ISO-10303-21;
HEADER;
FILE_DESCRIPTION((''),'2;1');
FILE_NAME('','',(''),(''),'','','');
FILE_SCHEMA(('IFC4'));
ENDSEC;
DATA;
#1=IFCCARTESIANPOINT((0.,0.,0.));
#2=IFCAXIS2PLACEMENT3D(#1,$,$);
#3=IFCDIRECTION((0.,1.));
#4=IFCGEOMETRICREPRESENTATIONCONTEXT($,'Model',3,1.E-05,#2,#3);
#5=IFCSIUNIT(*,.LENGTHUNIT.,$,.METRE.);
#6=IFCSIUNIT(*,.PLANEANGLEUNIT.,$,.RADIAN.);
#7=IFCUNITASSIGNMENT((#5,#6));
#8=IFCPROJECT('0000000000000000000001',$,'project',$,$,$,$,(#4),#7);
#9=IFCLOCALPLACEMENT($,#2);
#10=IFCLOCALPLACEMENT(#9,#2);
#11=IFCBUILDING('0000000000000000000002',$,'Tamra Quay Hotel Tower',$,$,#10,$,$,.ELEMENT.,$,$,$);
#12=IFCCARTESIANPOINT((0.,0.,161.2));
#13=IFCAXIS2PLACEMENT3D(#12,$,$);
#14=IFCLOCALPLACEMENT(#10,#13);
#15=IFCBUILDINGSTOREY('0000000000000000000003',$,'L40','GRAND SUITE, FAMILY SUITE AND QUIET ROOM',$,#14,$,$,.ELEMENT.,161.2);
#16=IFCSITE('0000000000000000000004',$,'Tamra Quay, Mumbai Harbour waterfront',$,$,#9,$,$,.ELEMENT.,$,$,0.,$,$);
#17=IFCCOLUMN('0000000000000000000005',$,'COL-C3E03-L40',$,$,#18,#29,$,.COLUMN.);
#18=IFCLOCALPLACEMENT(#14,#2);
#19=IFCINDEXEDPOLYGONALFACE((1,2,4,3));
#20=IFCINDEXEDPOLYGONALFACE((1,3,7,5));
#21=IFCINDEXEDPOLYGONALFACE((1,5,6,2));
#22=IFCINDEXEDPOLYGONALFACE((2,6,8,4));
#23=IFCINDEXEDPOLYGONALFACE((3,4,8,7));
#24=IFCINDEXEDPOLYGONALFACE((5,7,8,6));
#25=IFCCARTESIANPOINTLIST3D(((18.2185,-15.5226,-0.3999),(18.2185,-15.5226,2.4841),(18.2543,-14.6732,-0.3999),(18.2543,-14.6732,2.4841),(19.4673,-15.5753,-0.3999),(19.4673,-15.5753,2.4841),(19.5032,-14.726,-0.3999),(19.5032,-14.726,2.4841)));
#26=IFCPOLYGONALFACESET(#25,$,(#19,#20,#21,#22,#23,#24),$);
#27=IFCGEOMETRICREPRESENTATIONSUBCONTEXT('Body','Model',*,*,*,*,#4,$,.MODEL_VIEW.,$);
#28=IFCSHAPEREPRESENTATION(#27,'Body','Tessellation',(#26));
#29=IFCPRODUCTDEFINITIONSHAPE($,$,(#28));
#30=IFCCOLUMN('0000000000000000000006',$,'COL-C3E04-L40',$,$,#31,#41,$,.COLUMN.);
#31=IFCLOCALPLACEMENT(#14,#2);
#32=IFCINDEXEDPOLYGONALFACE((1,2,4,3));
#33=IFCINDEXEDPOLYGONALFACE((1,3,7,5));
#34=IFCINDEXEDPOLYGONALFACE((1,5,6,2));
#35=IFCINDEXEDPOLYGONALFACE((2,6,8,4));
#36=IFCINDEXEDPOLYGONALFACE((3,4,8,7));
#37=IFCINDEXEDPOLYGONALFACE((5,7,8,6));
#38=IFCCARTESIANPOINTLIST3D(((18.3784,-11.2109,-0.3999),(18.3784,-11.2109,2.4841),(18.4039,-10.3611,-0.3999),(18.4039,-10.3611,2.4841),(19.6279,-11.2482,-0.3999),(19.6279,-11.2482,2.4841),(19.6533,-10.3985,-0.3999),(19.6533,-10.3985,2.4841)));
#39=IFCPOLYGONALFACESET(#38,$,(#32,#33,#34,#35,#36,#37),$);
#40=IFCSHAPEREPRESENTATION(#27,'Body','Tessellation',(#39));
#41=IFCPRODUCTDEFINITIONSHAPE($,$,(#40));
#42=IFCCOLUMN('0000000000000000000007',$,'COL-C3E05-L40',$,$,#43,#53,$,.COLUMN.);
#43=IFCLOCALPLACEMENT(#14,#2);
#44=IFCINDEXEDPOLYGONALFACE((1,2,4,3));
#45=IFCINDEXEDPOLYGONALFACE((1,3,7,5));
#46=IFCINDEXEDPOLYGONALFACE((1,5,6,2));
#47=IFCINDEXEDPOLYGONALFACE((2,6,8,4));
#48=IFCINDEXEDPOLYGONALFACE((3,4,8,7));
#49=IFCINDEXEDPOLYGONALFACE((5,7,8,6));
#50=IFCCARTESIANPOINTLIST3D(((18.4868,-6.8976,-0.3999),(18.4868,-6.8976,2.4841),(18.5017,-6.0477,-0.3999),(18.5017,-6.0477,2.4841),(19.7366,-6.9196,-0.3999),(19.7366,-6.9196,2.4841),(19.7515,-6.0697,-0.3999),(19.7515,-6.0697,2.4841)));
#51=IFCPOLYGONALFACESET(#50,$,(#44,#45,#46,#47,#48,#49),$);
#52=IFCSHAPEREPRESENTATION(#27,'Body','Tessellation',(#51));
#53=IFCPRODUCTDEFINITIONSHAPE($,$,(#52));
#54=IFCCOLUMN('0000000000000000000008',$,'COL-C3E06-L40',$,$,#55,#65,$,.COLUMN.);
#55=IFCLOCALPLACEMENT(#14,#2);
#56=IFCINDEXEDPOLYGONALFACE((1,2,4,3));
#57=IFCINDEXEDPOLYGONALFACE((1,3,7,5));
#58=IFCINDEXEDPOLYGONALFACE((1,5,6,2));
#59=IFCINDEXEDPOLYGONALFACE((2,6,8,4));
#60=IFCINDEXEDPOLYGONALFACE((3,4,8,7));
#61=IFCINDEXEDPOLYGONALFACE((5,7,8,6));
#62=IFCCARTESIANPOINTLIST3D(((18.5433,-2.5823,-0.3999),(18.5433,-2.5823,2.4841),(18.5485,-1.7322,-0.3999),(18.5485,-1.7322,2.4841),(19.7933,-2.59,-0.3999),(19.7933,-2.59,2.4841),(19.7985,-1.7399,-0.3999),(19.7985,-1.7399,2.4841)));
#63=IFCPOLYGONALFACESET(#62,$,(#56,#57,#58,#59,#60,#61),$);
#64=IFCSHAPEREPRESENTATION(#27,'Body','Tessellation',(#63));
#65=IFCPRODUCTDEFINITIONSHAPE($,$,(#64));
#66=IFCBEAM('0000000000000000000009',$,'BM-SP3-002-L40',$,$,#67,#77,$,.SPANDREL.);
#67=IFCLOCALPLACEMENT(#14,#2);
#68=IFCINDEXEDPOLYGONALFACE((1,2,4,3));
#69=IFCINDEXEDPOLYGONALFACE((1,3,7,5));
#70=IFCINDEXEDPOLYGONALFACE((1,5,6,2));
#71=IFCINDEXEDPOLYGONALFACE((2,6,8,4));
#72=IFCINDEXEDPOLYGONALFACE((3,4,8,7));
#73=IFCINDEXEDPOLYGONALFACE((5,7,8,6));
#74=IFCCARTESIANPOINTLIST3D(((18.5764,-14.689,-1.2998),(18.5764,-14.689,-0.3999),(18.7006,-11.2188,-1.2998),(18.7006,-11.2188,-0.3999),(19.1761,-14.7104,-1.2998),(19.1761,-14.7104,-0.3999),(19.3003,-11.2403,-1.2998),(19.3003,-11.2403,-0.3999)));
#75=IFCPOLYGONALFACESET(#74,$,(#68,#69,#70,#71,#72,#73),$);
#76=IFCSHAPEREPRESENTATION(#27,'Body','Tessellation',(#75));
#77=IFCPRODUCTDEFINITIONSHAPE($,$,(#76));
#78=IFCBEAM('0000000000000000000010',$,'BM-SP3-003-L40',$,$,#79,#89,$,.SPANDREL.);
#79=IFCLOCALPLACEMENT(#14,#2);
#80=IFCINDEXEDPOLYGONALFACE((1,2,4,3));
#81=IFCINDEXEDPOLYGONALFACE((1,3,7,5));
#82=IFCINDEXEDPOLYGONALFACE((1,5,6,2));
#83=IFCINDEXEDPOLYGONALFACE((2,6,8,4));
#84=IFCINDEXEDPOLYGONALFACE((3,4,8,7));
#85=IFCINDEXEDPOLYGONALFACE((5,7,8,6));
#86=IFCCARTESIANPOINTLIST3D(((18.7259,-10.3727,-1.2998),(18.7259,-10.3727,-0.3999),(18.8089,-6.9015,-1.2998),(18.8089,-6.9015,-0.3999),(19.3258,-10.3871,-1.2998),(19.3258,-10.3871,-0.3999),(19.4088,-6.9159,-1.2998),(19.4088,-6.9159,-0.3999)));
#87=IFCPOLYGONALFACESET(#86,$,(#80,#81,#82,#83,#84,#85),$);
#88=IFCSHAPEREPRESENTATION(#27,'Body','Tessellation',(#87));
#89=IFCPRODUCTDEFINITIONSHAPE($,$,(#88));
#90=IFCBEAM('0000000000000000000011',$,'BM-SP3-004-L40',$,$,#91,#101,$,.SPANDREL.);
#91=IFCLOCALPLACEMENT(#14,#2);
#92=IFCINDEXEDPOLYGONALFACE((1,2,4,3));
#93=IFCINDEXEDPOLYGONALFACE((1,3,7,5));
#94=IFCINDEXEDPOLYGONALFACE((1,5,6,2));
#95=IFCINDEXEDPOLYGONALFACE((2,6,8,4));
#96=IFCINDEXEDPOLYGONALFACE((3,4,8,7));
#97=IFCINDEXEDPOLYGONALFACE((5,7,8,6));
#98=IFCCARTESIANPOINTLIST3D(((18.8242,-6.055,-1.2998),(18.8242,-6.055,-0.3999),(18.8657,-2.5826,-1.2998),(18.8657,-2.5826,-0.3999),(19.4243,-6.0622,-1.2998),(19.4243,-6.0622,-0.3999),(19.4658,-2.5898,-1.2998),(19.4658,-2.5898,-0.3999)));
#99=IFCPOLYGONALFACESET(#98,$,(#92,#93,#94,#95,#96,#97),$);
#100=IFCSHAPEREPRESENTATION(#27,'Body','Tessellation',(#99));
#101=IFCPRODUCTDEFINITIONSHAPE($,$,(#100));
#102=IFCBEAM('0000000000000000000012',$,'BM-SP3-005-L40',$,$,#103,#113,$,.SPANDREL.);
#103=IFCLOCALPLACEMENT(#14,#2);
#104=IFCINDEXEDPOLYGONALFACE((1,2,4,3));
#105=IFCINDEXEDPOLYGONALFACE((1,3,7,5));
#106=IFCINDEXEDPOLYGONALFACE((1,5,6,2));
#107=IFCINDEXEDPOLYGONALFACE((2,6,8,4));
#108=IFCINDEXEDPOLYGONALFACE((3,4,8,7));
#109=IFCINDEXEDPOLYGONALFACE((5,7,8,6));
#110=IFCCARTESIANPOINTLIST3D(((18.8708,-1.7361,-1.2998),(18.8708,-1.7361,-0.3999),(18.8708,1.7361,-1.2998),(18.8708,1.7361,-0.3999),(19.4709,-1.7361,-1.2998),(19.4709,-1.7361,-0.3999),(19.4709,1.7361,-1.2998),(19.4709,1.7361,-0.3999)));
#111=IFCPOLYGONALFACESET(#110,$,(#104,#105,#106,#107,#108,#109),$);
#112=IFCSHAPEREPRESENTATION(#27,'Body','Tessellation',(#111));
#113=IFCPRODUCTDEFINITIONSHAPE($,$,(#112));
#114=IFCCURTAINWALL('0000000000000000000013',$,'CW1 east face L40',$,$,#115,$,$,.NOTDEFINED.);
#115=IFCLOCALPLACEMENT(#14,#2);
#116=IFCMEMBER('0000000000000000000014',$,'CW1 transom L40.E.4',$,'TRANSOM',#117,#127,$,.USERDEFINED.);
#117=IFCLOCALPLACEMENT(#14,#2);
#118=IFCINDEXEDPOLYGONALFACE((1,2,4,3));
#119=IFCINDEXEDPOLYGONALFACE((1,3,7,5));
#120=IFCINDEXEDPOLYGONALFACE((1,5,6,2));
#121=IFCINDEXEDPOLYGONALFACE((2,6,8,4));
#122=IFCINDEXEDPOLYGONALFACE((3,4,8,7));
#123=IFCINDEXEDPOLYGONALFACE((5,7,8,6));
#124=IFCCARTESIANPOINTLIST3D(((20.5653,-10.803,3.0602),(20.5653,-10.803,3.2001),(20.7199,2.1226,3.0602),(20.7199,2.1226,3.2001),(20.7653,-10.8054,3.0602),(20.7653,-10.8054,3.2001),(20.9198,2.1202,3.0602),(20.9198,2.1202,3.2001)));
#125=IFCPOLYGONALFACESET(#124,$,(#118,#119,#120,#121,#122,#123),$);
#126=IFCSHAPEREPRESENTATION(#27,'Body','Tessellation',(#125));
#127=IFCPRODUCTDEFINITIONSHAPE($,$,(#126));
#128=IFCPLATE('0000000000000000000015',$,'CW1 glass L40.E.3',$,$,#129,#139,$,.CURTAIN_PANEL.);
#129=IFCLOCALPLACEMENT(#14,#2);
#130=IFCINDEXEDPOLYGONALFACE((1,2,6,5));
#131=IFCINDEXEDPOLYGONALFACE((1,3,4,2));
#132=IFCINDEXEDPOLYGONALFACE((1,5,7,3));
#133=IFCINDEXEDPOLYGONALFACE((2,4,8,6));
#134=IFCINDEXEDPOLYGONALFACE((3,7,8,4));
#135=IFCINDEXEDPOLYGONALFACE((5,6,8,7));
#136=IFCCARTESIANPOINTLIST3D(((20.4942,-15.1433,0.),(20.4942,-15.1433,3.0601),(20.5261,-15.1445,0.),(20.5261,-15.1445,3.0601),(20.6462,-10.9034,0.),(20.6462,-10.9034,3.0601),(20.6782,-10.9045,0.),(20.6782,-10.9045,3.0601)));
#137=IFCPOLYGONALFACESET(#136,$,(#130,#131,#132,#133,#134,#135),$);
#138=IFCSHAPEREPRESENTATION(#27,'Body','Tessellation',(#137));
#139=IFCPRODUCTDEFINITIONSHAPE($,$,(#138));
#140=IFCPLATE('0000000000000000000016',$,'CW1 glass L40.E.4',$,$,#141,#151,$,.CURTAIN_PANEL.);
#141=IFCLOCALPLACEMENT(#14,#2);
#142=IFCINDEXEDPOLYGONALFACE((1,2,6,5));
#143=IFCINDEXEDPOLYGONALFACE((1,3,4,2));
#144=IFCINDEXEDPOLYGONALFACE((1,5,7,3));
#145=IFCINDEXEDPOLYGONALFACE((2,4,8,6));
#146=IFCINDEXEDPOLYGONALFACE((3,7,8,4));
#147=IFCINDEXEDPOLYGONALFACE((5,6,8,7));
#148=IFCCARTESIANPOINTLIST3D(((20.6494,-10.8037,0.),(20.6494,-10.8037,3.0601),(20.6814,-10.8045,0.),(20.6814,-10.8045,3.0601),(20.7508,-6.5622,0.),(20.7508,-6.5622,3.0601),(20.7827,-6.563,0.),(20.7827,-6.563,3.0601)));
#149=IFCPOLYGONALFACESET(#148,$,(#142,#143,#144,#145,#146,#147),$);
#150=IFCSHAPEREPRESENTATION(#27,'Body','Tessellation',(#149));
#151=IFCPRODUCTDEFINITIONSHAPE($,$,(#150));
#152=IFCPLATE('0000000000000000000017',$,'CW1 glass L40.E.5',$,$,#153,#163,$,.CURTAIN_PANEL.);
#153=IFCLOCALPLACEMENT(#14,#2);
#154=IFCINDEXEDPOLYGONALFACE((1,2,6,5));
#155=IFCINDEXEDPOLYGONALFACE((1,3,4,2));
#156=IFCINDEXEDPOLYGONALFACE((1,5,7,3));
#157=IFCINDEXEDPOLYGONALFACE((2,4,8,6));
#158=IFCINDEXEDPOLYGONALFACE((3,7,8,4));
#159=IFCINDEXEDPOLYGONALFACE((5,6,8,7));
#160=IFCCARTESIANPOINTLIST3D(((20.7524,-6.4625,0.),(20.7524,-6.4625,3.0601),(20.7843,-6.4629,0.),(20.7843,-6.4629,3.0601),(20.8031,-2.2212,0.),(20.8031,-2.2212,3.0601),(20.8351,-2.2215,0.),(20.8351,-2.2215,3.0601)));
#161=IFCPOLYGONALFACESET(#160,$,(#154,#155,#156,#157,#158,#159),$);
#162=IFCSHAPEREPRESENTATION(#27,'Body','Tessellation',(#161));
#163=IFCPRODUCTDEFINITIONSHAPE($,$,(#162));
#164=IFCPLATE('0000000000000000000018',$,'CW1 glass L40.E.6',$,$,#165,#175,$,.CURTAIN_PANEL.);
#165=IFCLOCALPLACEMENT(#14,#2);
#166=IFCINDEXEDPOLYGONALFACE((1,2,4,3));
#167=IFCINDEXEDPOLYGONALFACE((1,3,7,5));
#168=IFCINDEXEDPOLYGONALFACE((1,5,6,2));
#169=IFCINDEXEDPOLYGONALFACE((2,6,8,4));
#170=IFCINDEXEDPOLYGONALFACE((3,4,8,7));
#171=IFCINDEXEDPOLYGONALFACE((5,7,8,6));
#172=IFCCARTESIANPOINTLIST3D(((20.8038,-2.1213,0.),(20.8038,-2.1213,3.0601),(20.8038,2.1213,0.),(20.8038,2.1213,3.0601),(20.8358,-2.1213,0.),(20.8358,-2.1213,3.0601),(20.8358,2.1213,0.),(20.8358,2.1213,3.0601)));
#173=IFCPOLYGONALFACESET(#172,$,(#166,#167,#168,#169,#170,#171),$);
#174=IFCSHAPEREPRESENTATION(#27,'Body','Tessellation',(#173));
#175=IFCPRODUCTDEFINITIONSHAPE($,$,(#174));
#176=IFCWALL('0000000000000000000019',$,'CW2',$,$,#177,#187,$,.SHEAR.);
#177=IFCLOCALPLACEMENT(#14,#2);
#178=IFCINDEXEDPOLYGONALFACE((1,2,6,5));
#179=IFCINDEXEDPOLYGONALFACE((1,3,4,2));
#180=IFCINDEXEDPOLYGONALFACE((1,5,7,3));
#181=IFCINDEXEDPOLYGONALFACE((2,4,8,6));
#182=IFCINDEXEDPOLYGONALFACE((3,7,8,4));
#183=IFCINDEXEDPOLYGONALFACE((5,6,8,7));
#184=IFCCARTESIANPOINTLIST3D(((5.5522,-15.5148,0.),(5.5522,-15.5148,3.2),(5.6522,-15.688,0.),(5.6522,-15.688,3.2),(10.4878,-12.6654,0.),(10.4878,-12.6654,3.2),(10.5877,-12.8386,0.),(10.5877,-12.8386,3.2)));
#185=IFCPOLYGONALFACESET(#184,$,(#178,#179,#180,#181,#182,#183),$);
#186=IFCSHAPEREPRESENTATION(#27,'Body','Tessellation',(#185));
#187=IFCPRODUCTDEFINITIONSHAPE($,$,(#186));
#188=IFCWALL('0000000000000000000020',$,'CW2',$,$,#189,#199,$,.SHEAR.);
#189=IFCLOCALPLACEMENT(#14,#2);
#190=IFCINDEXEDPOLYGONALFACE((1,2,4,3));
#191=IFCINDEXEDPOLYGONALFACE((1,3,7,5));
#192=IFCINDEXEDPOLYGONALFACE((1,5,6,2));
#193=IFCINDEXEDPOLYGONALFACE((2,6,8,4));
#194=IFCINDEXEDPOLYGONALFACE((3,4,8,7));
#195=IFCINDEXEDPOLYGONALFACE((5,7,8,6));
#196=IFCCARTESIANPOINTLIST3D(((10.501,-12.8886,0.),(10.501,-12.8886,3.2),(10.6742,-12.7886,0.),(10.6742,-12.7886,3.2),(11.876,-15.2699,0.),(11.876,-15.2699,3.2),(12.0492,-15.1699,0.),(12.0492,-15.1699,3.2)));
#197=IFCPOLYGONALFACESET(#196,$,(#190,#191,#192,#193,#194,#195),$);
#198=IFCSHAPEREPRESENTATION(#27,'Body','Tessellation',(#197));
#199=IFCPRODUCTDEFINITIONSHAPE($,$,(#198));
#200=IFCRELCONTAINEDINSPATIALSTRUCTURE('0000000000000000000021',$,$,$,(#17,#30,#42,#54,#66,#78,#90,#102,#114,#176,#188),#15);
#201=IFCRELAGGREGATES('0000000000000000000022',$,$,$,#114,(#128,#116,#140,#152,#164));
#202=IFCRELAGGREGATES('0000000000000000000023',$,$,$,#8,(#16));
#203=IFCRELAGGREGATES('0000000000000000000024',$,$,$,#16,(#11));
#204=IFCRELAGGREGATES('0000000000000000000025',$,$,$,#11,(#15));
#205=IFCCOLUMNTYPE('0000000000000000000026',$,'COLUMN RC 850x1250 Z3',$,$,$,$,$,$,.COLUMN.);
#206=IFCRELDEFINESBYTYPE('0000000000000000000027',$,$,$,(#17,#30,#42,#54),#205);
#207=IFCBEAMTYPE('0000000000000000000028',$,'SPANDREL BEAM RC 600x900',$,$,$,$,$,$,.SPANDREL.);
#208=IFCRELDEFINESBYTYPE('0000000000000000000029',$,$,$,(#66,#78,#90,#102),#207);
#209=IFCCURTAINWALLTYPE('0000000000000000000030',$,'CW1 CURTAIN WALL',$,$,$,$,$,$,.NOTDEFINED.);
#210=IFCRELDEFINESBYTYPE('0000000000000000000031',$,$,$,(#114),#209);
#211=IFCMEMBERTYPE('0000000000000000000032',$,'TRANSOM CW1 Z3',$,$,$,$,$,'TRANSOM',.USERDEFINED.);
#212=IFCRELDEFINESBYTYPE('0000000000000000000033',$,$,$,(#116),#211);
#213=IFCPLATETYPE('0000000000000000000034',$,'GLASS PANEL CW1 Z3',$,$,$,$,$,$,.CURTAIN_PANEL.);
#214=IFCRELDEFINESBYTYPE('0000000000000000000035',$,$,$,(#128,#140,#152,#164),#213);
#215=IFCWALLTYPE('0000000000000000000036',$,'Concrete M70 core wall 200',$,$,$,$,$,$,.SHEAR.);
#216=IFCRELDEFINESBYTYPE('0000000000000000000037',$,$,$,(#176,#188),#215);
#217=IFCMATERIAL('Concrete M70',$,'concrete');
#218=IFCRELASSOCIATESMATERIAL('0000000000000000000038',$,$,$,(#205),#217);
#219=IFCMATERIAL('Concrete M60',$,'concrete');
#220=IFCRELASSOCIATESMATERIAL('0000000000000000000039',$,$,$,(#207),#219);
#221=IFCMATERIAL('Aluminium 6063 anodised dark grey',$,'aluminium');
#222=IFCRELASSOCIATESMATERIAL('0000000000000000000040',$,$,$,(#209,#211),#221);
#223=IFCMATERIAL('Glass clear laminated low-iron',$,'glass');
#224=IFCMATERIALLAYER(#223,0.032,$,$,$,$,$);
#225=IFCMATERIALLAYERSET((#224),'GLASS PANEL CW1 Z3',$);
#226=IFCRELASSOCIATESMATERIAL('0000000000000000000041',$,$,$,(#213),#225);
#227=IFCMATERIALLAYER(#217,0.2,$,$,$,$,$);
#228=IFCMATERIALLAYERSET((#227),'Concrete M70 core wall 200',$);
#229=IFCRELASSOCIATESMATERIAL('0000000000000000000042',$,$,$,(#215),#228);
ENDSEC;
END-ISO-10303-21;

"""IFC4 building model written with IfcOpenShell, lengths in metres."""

from ifc_helpers import new_model, si_unit, direction, frame, frame_2d, origin, origin_2d, place, context, subcontext, project, spatial, rectangle, extrude, material, layer, layer_set, material_profile, profile_set, type_object, element, aggregate, save


model = new_model("IFC4")

# Units and contexts
model_context = context("Model", 3, precision=1e-05, world=origin(), true_north=direction((0.0, 1.0)))
body_context = subcontext(model_context, "Body", "Model", "MODEL_VIEW")
ifc_project = project(units=[si_unit("LENGTHUNIT", "METRE"), si_unit("PLANEANGLEUNIT", "RADIAN")], contexts=[model_context])

# Site, building, storey
site_placement = place(None, origin())
site = spatial("IfcSite", under=ifc_project, at=site_placement, Name="Tamra Quay, Mumbai Harbour waterfront", CompositionType="ELEMENT", RefElevation=0.0)
building_placement = place(site_placement, origin())
building = spatial("IfcBuilding", under=site, at=building_placement, Name="Tamra Quay Hotel Tower", CompositionType="ELEMENT")
storey_placement = place(building_placement, frame((0.0, 0.0, 161.2)))
storey = spatial("IfcBuildingStorey", under=building, at=storey_placement, Name="L40", Description="GRAND SUITE, FAMILY SUITE AND QUIET ROOM", CompositionType="ELEMENT", Elevation=161.2)

# Columns
ifc_material_1 = material(Name="Concrete M70", Category="concrete")
ifc_material_profile_1 = material_profile(ifc_material_1, rectangle(XDim=1.25, YDim=0.8501, at=origin_2d()), Name="COLUMN RC 850x1250 Z3")
ifc_profile_set_1 = profile_set([ifc_material_profile_1], Name="Concrete M70")
column_type = type_object("IfcColumnType", Name="COLUMN RC 850x1250 Z3", PredefinedType="COLUMN", material=ifc_profile_set_1)
for number, where, z_axis, x_axis, name in (
    (1, (18.8608, -15.1243, -0.3999), (0.0, 0.0, 1.0), (-0.999109, 0.042202, 0.0), "COL-C3E03-L40"),
    (2, (19.0159, -10.8047, -0.3999), (0.0, 0.0, 1.0), (-0.999553, 0.029907, 0.0), "COL-C3E04-L40"),
    (3, (19.1191, -6.4836, -0.3999), (0.0, 0.0, 1.0), (-0.999845, 0.017597, 0.0), "COL-C3E05-L40"),
    (4, (19.1709, -2.1611, -0.3999), (0.0, 0.0, 1.0), (-0.999981, 0.006159, 0.0), "COL-C3E06-L40"),
):
    element("IfcColumn", number, at=place(storey_placement, frame(where, z_axis=z_axis, x_axis=x_axis)), inside=storey, type_object=column_type, Name=name, PredefinedType="COLUMN", context=body_context, shape_type="SweptSolid", body=[
        extrude(rectangle(XDim=1.25, YDim=0.8501, at=origin_2d()), origin(), (0.0, 0.0, 1.0), 2.884),
    ])

# Beams
ifc_material_2 = material(Name="Concrete M60", Category="concrete")
ifc_material_profile_2 = material_profile(ifc_material_2, rectangle(XDim=0.6001, YDim=0.8999, at=origin_2d()), Name="SPANDREL BEAM RC 600x900")
ifc_profile_set_2 = profile_set([ifc_material_profile_2], Name="Concrete M60")
beam_type = type_object("IfcBeamType", Name="SPANDREL BEAM RC 600x900", PredefinedType="SPANDREL", material=ifc_profile_set_2)
beam_1_placement = place(storey_placement, frame((18.8762, -14.6997, -0.8499), z_axis=(0.035787, 0.999359, 0.0), x_axis=(-0.999359, 0.035787, 0.0)))
element("IfcBeam", 5, at=beam_1_placement, inside=storey, type_object=beam_type, Name="BM-SP3-002-L40", PredefinedType="SPANDREL", context=body_context, shape_type="SweptSolid", body=[
    extrude(rectangle(XDim=0.6001, YDim=0.8999, at=origin_2d()), origin(), (0.0, 0.0, 1.0), 3.4724),
])
beam_2_placement = place(storey_placement, frame((19.0259, -10.3799, -0.8499), z_axis=(0.023907, 0.999714, 0.0), x_axis=(-0.999714, 0.023907, 0.0)))
element("IfcBeam", 6, at=beam_2_placement, inside=storey, type_object=beam_type, Name="BM-SP3-003-L40", PredefinedType="SPANDREL", context=body_context, shape_type="SweptSolid", body=[
    extrude(rectangle(XDim=0.6001, YDim=0.8999, at=origin_2d()), origin(), (0.0, 0.0, 1.0), 3.4722),
])
beam_3_placement = place(storey_placement, frame((19.1243, -6.0586, -0.8499), z_axis=(0.011952, 0.999929, 0.0), x_axis=(-0.999929, 0.011952, 0.0)))
element("IfcBeam", 7, at=beam_3_placement, inside=storey, type_object=beam_type, Name="BM-SP3-004-L40", PredefinedType="SPANDREL", context=body_context, shape_type="SweptSolid", body=[
    extrude(rectangle(XDim=0.6001, YDim=0.8999, at=origin_2d()), origin(), (0.0, 0.0, 1.0), 3.4727),
])
beam_4_placement = place(storey_placement, frame((19.1709, -1.7361, -0.8499), z_axis=(0.0, 1.0, 0.0), x_axis=(-1.0, 0.0, 0.0)))
element("IfcBeam", 8, at=beam_4_placement, inside=storey, type_object=beam_type, Name="BM-SP3-005-L40", PredefinedType="SPANDREL", context=body_context, shape_type="SweptSolid", body=[
    extrude(rectangle(XDim=0.6001, YDim=0.8999, at=origin_2d()), origin(), (0.0, 0.0, 1.0), 3.4722),
])

# Curtain wall, member, plates
ifc_material_3 = material(Name="Aluminium 6063 anodised dark grey", Category="aluminium")
curtain_wall_type = type_object("IfcCurtainWallType", Name="CW1 CURTAIN WALL", PredefinedType="NOTDEFINED", material=ifc_material_3)
curtain_wall_placement = place(storey_placement, origin())
curtain_wall = element("IfcCurtainWall", 9, at=curtain_wall_placement, inside=storey, type_object=curtain_wall_type, Name="CW1 east face L40", PredefinedType="NOTDEFINED")
ifc_material_profile_3 = material_profile(ifc_material_3, rectangle(XDim=0.2, YDim=0.1399, at=origin_2d()), Name="TRANSOM 200X140")
ifc_profile_set_3 = profile_set([ifc_material_profile_3], Name="Aluminium 6063 anodised dark grey")
member_type = type_object("IfcMemberType", Name="TRANSOM CW1 Z3", ElementType="TRANSOM", PredefinedType="USERDEFINED", material=ifc_profile_set_3)
member_placement = place(storey_placement, frame((20.6653, -10.8042, 3.1301), z_axis=(0.011955, 0.999929, 0.0), x_axis=(-0.999929, 0.011955, 0.0)))
member = element("IfcMember", 10, at=member_placement, type_object=member_type, Name="CW1 transom L40.E.4", ObjectType="TRANSOM", PredefinedType="USERDEFINED", context=body_context, shape_type="SweptSolid", body=[
    extrude(rectangle(XDim=0.2, YDim=0.1399, at=origin_2d()), origin(), (0.0, 0.0, 1.0), 12.9265),
])
ifc_material_4 = material(Name="Glass clear laminated low-iron", Category="glass")
ifc_layer_1 = layer(ifc_material_4, 0.032)
ifc_layer_set_1 = layer_set([ifc_layer_1], Name="GLASS PANEL CW1 Z3")
plate_type = type_object("IfcPlateType", Name="GLASS PANEL CW1 Z3", PredefinedType="CURTAIN_PANEL", material=ifc_layer_set_1)
plate_1_placement = place(storey_placement, frame((20.5862, -13.0239, 0.0), z_axis=(0.0, 0.0, 1.0), x_axis=(0.035845, 0.999357, 0.0)))
plate_1 = element("IfcPlate", 11, at=plate_1_placement, type_object=plate_type, Name="CW1 glass L40.E.3", PredefinedType="CURTAIN_PANEL", context=body_context, shape_type="SweptSolid", body=[
    extrude(rectangle(XDim=4.2427, YDim=0.032, at=origin_2d()), origin(), (0.0, 0.0, 1.0), 3.0601),
])
plate_2_placement = place(storey_placement, frame((20.7161, -8.6833, 0.0), z_axis=(0.0, 0.0, 1.0), x_axis=(0.023896, 0.999714, 0.0)))
plate_2 = element("IfcPlate", 12, at=plate_2_placement, type_object=plate_type, Name="CW1 glass L40.E.4", PredefinedType="CURTAIN_PANEL", context=body_context, shape_type="SweptSolid", body=[
    extrude(rectangle(XDim=4.2427, YDim=0.032, at=origin_2d()), origin(), (0.0, 0.0, 1.0), 3.0601),
])
plate_3_placement = place(storey_placement, frame((20.7937, -4.342, 0.0), z_axis=(0.0, 0.0, 1.0), x_axis=(0.011957, 0.999929, 0.0)))
plate_3 = element("IfcPlate", 13, at=plate_3_placement, type_object=plate_type, Name="CW1 glass L40.E.5", PredefinedType="CURTAIN_PANEL", context=body_context, shape_type="SweptSolid", body=[
    extrude(rectangle(XDim=4.2417, YDim=0.032, at=origin_2d()), origin(), (0.0, 0.0, 1.0), 3.0601),
])
plate_4_placement = place(storey_placement, frame((20.8198, 0.0, 0.0), z_axis=(0.0, 0.0, 1.0), x_axis=(0.0, 1.0, 0.0)))
plate_4 = element("IfcPlate", 14, at=plate_4_placement, type_object=plate_type, Name="CW1 glass L40.E.6", PredefinedType="CURTAIN_PANEL", context=body_context, shape_type="SweptSolid", body=[
    extrude(rectangle(XDim=4.2427, YDim=0.032, at=origin_2d()), origin(), (0.0, 0.0, 1.0), 3.0601),
])
aggregate(curtain_wall, [plate_1, member, plate_2, plate_3, plate_4])

# Walls
ifc_layer_2 = layer(ifc_material_1, 0.2)
ifc_layer_set_2 = layer_set([ifc_layer_2], Name="Concrete M70 core wall 200")
wall_type_1 = type_object("IfcWallType", Name="Concrete M70 core wall 200", PredefinedType="SHEAR", material=ifc_layer_set_2)
wall_1_placement = place(storey_placement, frame((10.5378, -12.752, 0.0), z_axis=(0.0, 0.0, 1.0), x_axis=(-0.866039, -0.499977, 0.0)))
element("IfcWall", 15, at=wall_1_placement, inside=storey, type_object=wall_type_1, Name="CW2", PredefinedType="SHEAR", context=body_context, shape_type="SweptSolid", body=[
    extrude(rectangle(XDim=5.699, YDim=0.2, at=frame_2d((2.8496, 0.0))), origin(), (0.0, 0.0, 1.0), 3.2),
])
wall_2_placement = place(storey_placement, frame((11.9626, -15.22, 0.0), z_axis=(0.0, 0.0, 1.0), x_axis=(-0.500035, 0.866005, 0.0)))
element("IfcWall", 16, at=wall_2_placement, inside=storey, type_object=wall_type_1, Name="CW2", PredefinedType="SHEAR", context=body_context, shape_type="SweptSolid", body=[
    extrude(rectangle(XDim=2.7498, YDim=0.2, at=frame_2d((1.375, 0.0))), origin(), (0.0, 0.0, 1.0), 3.2),
])

save(model, "model.ifc")
